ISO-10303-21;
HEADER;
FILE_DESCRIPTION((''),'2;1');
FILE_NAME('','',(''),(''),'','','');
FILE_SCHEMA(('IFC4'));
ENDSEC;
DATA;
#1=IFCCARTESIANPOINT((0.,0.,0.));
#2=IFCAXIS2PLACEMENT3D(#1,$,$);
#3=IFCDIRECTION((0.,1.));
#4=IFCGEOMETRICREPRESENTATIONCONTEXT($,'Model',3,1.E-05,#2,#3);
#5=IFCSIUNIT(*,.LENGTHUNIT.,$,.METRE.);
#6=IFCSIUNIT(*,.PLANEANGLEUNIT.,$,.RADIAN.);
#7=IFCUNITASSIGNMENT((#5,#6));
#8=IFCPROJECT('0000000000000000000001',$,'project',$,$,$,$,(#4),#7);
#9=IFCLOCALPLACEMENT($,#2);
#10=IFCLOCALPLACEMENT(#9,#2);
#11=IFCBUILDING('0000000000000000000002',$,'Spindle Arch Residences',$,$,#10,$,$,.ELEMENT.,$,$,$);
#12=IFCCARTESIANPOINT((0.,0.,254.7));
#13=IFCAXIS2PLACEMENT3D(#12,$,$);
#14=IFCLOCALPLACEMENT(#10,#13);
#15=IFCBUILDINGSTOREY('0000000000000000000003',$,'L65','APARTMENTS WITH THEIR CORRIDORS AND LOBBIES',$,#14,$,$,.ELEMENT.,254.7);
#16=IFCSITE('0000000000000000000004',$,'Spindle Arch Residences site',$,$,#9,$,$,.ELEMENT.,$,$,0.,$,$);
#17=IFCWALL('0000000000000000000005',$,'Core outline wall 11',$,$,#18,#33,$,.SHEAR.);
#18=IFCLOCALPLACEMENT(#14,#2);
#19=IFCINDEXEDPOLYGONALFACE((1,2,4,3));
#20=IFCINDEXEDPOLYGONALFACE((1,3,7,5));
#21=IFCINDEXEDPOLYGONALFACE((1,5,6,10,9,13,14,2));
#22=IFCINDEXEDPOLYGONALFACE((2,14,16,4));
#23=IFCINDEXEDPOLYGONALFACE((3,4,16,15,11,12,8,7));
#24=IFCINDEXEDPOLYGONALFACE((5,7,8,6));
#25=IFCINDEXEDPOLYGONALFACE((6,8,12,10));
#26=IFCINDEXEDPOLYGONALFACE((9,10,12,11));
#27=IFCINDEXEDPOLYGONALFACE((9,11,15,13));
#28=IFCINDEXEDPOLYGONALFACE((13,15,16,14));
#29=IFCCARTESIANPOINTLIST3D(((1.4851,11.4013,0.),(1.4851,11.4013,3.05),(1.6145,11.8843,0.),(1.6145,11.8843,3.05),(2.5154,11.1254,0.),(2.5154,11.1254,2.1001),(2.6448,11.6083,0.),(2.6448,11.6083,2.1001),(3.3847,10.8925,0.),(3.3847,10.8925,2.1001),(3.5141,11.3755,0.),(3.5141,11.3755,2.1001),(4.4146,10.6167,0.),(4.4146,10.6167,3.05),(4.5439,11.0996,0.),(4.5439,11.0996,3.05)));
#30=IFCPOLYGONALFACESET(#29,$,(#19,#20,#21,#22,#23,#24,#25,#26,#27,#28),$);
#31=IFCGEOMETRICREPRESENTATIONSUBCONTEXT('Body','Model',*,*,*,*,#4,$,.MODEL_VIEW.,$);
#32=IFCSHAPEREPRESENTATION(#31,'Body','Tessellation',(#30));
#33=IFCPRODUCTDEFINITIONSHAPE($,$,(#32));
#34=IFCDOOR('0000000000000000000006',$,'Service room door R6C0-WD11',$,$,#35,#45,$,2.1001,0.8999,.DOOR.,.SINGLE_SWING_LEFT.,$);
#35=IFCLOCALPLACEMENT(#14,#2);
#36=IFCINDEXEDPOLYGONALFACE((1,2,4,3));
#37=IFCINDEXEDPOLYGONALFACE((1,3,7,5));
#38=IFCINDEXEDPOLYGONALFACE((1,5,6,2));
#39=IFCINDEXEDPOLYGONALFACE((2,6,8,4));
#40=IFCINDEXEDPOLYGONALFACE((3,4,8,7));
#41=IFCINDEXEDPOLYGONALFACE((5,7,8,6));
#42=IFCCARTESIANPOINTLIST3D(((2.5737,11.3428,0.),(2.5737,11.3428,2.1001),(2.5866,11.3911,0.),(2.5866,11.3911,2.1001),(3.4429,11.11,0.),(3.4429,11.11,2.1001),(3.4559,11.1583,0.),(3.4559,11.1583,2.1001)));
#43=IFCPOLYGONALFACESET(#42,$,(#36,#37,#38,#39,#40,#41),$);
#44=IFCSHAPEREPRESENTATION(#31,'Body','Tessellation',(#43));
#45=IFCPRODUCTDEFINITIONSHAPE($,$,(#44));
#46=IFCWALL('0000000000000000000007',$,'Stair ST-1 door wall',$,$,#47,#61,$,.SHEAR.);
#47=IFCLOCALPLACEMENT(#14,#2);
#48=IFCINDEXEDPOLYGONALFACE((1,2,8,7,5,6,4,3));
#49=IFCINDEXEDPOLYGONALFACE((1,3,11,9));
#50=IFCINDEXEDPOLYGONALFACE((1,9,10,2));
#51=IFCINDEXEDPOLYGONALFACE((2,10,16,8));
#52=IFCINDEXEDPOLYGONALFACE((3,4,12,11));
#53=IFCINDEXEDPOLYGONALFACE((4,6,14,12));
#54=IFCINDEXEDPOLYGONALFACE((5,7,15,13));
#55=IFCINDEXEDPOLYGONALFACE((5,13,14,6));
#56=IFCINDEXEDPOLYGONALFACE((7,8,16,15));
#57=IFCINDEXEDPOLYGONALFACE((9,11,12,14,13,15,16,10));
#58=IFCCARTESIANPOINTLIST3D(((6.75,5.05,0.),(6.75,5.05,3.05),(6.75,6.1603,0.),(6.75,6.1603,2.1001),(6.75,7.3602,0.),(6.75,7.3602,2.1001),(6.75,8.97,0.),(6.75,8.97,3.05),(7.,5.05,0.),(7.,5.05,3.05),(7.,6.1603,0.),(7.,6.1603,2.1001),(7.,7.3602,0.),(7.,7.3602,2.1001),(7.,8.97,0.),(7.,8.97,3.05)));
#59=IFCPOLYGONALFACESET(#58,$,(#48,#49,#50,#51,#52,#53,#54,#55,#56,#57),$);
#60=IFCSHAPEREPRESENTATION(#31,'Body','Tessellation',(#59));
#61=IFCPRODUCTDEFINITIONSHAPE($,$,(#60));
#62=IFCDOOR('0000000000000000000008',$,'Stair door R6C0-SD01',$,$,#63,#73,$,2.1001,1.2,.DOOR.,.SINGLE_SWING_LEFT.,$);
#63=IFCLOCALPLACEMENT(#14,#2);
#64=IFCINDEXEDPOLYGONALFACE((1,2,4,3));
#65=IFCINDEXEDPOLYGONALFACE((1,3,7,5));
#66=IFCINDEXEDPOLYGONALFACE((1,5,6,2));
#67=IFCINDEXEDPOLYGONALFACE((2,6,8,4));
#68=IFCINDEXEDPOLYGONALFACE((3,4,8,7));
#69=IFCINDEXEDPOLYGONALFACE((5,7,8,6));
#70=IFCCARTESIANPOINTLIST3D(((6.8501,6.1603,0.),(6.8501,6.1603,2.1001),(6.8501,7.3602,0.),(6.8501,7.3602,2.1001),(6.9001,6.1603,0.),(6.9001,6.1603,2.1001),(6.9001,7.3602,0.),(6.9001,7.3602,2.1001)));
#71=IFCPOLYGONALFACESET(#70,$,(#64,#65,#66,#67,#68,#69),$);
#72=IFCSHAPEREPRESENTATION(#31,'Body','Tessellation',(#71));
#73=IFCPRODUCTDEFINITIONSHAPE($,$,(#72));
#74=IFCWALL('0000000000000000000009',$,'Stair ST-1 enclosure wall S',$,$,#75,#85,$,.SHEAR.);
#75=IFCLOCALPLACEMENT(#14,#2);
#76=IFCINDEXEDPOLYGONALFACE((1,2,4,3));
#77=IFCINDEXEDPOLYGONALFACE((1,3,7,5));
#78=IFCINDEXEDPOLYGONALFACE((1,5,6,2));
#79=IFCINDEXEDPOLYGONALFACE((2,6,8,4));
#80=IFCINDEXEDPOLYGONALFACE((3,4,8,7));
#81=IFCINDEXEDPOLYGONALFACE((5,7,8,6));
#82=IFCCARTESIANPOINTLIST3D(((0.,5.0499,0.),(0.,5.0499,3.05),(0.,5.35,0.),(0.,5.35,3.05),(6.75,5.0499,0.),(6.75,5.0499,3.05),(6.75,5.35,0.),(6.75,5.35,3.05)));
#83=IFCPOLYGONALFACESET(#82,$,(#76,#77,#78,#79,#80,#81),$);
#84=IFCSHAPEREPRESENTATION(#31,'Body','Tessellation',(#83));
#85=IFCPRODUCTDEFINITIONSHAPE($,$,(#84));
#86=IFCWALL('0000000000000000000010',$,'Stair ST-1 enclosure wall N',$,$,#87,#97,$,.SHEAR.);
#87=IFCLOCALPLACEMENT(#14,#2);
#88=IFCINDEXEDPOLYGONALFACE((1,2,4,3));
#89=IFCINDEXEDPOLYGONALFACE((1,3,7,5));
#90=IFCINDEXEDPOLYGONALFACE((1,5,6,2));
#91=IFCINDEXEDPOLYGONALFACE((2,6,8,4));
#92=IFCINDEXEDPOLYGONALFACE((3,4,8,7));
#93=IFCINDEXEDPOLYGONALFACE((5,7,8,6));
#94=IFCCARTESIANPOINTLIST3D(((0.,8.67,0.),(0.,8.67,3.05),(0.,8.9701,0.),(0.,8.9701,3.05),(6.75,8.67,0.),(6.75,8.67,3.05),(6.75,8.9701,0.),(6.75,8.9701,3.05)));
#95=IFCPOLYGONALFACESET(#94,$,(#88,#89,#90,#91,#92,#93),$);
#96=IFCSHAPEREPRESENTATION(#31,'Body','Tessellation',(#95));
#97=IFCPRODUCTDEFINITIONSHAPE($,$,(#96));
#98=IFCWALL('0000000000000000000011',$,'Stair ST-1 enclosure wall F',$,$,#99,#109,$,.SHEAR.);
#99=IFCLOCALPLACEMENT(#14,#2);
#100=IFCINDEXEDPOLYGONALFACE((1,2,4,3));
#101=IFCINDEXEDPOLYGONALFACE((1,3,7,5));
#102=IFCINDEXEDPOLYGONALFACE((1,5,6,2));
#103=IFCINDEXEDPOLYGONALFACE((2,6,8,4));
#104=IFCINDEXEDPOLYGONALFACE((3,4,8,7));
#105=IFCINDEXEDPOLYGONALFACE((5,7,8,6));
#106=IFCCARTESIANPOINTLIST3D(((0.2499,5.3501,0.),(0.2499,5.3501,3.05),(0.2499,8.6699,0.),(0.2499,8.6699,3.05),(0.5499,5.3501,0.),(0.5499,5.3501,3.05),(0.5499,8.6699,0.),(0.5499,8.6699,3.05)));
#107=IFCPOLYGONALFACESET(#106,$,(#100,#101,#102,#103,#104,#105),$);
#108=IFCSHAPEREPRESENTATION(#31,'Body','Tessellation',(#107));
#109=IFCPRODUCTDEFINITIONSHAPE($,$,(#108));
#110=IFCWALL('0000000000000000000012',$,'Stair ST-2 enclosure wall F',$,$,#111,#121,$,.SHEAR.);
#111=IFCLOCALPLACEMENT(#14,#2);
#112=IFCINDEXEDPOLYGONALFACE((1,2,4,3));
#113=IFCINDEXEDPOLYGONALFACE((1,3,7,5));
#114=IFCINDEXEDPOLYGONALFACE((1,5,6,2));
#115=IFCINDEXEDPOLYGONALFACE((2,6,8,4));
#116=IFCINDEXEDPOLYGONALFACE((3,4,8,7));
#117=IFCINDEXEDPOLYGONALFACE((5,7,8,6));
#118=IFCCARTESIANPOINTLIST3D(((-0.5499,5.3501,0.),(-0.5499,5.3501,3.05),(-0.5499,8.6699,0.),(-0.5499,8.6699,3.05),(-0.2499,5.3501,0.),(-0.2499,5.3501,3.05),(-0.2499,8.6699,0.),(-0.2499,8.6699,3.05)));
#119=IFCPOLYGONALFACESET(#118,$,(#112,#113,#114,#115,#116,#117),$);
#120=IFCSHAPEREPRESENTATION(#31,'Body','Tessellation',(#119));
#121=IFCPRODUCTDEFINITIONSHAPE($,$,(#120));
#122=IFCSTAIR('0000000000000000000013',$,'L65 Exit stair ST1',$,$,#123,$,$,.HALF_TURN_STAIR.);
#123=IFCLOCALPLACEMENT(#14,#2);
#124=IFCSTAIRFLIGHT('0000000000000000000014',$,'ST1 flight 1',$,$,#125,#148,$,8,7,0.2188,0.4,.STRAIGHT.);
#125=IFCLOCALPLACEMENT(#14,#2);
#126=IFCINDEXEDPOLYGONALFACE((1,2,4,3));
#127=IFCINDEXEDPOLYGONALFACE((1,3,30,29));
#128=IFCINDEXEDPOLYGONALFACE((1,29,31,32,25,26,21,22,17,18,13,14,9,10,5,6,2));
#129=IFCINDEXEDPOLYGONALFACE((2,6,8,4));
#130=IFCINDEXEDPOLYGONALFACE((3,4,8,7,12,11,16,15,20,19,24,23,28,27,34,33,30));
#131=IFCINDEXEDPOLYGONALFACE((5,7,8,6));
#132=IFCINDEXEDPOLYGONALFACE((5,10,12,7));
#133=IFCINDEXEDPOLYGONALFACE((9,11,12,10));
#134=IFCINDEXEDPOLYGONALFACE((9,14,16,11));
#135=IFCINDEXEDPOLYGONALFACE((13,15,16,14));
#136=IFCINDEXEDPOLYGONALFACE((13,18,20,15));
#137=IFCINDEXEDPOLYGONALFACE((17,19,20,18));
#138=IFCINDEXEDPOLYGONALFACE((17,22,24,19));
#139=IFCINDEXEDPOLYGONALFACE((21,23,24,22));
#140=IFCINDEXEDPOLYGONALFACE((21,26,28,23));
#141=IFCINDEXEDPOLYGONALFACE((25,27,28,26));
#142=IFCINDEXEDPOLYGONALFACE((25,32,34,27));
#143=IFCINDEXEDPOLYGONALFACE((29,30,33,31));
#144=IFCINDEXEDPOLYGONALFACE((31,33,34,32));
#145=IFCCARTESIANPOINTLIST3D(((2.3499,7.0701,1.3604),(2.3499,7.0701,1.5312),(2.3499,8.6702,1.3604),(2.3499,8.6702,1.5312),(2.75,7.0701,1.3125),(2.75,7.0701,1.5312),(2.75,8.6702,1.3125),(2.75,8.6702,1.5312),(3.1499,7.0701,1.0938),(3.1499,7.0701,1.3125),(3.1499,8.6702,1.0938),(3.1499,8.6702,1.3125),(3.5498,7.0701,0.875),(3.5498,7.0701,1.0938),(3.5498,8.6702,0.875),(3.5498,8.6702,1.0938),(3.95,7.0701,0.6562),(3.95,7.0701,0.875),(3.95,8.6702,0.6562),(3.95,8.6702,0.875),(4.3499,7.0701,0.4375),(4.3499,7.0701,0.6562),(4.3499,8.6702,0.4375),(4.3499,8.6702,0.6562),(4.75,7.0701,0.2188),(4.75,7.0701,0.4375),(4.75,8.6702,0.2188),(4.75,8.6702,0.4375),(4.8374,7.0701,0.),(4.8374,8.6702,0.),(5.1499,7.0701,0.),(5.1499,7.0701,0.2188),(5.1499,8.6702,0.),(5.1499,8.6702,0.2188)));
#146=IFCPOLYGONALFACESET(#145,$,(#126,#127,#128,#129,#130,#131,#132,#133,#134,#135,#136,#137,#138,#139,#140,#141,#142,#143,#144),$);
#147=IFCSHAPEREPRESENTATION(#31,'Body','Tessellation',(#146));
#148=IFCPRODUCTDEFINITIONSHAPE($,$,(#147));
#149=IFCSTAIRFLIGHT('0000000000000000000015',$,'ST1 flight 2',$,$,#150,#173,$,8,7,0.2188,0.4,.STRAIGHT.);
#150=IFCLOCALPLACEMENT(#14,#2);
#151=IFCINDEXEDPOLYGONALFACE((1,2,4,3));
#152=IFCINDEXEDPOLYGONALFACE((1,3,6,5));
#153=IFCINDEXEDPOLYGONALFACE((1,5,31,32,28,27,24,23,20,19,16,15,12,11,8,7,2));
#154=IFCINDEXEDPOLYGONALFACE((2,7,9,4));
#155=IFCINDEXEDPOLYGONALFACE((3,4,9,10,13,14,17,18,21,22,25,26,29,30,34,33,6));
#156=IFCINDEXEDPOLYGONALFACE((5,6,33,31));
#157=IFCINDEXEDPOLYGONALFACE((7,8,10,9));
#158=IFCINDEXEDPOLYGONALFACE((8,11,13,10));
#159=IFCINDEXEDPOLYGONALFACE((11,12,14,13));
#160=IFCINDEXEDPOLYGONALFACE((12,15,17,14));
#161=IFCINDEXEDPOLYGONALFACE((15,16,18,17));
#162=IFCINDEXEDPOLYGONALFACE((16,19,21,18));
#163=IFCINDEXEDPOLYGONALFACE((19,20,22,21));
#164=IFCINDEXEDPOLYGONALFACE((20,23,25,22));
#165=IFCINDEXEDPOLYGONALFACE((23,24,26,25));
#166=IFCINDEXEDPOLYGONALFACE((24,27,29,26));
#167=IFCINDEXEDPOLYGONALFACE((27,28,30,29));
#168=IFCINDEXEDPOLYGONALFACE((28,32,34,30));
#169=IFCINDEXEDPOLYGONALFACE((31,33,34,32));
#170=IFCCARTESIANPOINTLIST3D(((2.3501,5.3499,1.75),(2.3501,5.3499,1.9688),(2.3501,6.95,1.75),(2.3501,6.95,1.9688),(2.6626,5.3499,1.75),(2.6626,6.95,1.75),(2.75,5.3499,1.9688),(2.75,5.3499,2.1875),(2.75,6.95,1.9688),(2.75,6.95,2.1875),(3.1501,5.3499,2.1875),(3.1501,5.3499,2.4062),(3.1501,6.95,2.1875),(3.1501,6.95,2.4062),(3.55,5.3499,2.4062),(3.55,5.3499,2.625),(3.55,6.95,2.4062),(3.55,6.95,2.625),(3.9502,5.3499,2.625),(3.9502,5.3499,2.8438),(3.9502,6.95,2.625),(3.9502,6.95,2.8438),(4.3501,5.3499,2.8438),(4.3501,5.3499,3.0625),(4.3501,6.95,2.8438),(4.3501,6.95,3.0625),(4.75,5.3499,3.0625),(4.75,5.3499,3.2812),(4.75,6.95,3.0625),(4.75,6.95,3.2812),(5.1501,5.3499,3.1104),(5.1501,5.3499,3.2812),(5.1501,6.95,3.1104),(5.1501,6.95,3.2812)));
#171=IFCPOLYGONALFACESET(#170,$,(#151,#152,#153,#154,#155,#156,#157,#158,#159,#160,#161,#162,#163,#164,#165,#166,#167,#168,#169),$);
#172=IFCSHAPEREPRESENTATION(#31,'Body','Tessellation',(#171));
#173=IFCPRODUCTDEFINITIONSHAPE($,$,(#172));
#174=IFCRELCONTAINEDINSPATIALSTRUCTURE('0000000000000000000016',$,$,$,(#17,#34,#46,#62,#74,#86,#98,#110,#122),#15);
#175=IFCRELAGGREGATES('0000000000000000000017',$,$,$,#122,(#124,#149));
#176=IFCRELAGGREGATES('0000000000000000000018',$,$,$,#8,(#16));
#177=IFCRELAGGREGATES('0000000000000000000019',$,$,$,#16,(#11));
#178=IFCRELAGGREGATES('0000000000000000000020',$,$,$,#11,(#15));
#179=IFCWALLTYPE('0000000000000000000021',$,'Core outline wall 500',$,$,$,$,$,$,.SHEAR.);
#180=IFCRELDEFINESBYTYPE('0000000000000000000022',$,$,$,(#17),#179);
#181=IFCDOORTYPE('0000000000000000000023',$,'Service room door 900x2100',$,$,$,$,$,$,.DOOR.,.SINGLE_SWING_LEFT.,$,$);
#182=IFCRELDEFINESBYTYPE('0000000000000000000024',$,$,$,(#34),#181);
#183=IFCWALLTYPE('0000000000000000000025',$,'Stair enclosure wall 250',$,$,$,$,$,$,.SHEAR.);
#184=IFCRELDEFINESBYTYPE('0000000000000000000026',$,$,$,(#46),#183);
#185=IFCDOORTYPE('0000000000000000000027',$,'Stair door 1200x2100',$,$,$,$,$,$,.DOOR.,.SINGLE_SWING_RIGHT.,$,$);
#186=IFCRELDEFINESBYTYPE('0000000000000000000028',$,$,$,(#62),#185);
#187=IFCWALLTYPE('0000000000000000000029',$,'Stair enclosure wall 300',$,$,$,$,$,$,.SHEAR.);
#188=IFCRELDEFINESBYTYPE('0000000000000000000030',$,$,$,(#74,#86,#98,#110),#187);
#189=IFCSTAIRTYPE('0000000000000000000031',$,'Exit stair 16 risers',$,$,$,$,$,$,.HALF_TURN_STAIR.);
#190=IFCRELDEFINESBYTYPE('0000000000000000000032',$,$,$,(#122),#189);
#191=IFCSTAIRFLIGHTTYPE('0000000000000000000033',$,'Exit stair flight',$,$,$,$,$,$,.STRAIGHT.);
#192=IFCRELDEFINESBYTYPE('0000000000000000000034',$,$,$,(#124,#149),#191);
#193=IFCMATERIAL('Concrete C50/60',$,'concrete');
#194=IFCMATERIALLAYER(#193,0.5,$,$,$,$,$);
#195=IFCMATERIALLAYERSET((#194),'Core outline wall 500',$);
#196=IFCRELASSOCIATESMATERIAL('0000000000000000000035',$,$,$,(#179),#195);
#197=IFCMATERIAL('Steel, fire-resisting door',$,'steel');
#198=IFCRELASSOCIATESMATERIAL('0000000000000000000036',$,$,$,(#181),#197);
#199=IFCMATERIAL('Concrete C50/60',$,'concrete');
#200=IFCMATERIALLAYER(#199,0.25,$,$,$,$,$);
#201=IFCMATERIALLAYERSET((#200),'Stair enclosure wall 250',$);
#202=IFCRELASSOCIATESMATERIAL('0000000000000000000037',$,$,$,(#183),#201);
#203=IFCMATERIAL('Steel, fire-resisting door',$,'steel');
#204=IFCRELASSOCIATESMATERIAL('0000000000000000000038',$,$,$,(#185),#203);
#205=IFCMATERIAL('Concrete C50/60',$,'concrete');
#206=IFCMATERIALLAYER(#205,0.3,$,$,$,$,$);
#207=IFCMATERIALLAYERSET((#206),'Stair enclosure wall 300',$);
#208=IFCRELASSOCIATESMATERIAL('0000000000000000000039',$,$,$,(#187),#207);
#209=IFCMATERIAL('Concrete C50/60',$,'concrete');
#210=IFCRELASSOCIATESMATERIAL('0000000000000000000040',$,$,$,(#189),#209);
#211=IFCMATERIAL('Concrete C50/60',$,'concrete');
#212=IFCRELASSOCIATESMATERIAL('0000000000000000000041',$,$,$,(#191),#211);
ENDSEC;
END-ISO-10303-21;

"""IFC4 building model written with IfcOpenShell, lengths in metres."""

from ifc_helpers import new_model, si_unit, direction, frame, frame_2d, origin, place, context, subcontext, project, spatial, polyline, rectangle, outline, extrude, material, layer, layer_set, type_object, element, fill, aggregate, save


model = new_model("IFC4")

# Units and contexts
model_context = context("Model", 3, precision=1e-05, world=origin(), true_north=direction((0.0, 1.0)))
body_context = subcontext(model_context, "Body", "Model", "MODEL_VIEW")
ifc_project = project(units=[si_unit("LENGTHUNIT", "METRE"), si_unit("PLANEANGLEUNIT", "RADIAN")], contexts=[model_context])

# Site, building, storey
site_placement = place(None, origin())
site = spatial("IfcSite", under=ifc_project, at=site_placement, Name="Spindle Arch Residences site", CompositionType="ELEMENT", RefElevation=0.0)
building_placement = place(site_placement, origin())
building = spatial("IfcBuilding", under=site, at=building_placement, Name="Spindle Arch Residences", CompositionType="ELEMENT")
storey_placement = place(building_placement, frame((0.0, 0.0, 254.7)))
storey = spatial("IfcBuildingStorey", under=building, at=storey_placement, Name="L65", Description="APARTMENTS WITH THEIR CORRIDORS AND LOBBIES", CompositionType="ELEMENT", Elevation=254.7)

# Wall, opening, door
ifc_material_1 = material(Name="Concrete C50/60", Category="concrete")
ifc_layer_1 = layer(ifc_material_1, 0.5)
ifc_layer_set_1 = layer_set([ifc_layer_1], Name="Core outline wall 500")
wall_type_1 = type_object("IfcWallType", Name="Core outline wall 500", PredefinedType="SHEAR", material=ifc_layer_set_1)
wall_1_placement = place(storey_placement, frame((4.4792, 10.8582, 0.0), z_axis=(0.0, 0.0, 1.0), x_axis=(-0.965948, 0.258735, 0.0)))
wall_1 = element("IfcWall", 1, at=wall_1_placement, inside=storey, type_object=wall_type_1, Name="Core outline wall 11", PredefinedType="SHEAR", context=body_context, shape_type="SweptSolid", body=[
    extrude(rectangle(XDim=3.0327, YDim=0.5, at=frame_2d((1.5164, 0.0))), origin(), (0.0, 0.0, 1.0), 3.05),
])
opening_1_placement = place(wall_1_placement, frame((1.0662, 0.0, 0.0)))
opening_1 = element("IfcOpeningElement", 2, at=opening_1_placement, cuts=wall_1, PredefinedType="OPENING", context=body_context, shape_type="SweptSolid", body=[
    extrude(rectangle(XDim=0.8999, YDim=2.1001, at=frame_2d((0.45, 1.05))), frame((0.0, 0.26, 0.0), z_axis=(0.0, -1.0, 0.0), x_axis=(1.0, 0.0, 0.0)), (0.0, 0.0, 1.0), 0.52),
])
ifc_material_2 = material(Name="Steel, fire-resisting door", Category="steel")
door_type_1 = type_object("IfcDoorType", Name="Service room door 900x2100", OperationType="SINGLE_SWING_LEFT", PredefinedType="DOOR", material=ifc_material_2)
door_1_placement = place(opening_1_placement, origin())
door_1 = element("IfcDoor", 3, at=door_1_placement, inside=storey, type_object=door_type_1, Name="Service room door R6C0-WD11", OperationType="SINGLE_SWING_LEFT", OverallHeight=2.1001, OverallWidth=0.8999, PredefinedType="DOOR", context=body_context, shape_type="SweptSolid", body=[
    extrude(rectangle(XDim=0.8999, YDim=2.1001, at=frame_2d((0.45, 1.05))), frame((0.0, 0.0249, 0.0), z_axis=(0.0, -1.0, 0.0), x_axis=(1.0, 0.0, 0.0)), (0.0, 0.0, 1.0), 0.05),
])
fill(opening_1, door_1)

# Wall, opening, door
ifc_material_3 = material(Name="Concrete C50/60", Category="concrete")
ifc_layer_2 = layer(ifc_material_3, 0.25)
ifc_layer_set_2 = layer_set([ifc_layer_2], Name="Stair enclosure wall 250")
wall_type_2 = type_object("IfcWallType", Name="Stair enclosure wall 250", PredefinedType="SHEAR", material=ifc_layer_set_2)
wall_2_placement = place(storey_placement, frame((6.875, 5.05, 0.0), z_axis=(0.0, 0.0, 1.0), x_axis=(0.0, 1.0, 0.0)))
wall_2 = element("IfcWall", 4, at=wall_2_placement, inside=storey, type_object=wall_type_2, Name="Stair ST-1 door wall", PredefinedType="SHEAR", context=body_context, shape_type="SweptSolid", body=[
    extrude(rectangle(XDim=3.9199, YDim=0.25, at=frame_2d((1.96, 0.0))), origin(), (0.0, 0.0, 1.0), 3.05),
])
opening_2_placement = place(wall_2_placement, frame((1.1101, 0.0, 0.0)))
opening_2 = element("IfcOpeningElement", 5, at=opening_2_placement, cuts=wall_2, PredefinedType="OPENING", context=body_context, shape_type="SweptSolid", body=[
    extrude(rectangle(XDim=1.2, YDim=2.1001, at=frame_2d((0.6001, 1.05))), frame((0.0, 0.135, 0.0), z_axis=(0.0, -1.0, 0.0), x_axis=(1.0, 0.0, 0.0)), (0.0, 0.0, 1.0), 0.27),
])
ifc_material_4 = material(Name="Steel, fire-resisting door", Category="steel")
door_type_2 = type_object("IfcDoorType", Name="Stair door 1200x2100", OperationType="SINGLE_SWING_RIGHT", PredefinedType="DOOR", material=ifc_material_4)
door_2_placement = place(opening_2_placement, origin())
door_2 = element("IfcDoor", 6, at=door_2_placement, inside=storey, type_object=door_type_2, Name="Stair door R6C0-SD01", OperationType="SINGLE_SWING_LEFT", OverallHeight=2.1001, OverallWidth=1.2, PredefinedType="DOOR", context=body_context, shape_type="SweptSolid", body=[
    extrude(rectangle(XDim=1.2, YDim=2.1001, at=frame_2d((0.6001, 1.05))), frame((0.0, 0.0249, 0.0), z_axis=(0.0, -1.0, 0.0), x_axis=(1.0, 0.0, 0.0)), (0.0, 0.0, 1.0), 0.05),
])
fill(opening_2, door_2)

# Walls
ifc_material_5 = material(Name="Concrete C50/60", Category="concrete")
ifc_layer_3 = layer(ifc_material_5, 0.3)
ifc_layer_set_3 = layer_set([ifc_layer_3], Name="Stair enclosure wall 300")
wall_type_3 = type_object("IfcWallType", Name="Stair enclosure wall 300", PredefinedType="SHEAR", material=ifc_layer_set_3)
for number, where, z_axis, x_axis, name in (
    (7, (0.0, 5.2, 0.0), (0.0, 0.0, 1.0), (1.0, 0.0, 0.0), "Stair ST-1 enclosure wall S"),
    (8, (0.0, 8.8201, 0.0), (0.0, 0.0, 1.0), (1.0, 0.0, 0.0), "Stair ST-1 enclosure wall N"),
):
    element("IfcWall", number, at=place(storey_placement, frame(where, z_axis=z_axis, x_axis=x_axis)), inside=storey, type_object=wall_type_3, Name=name, PredefinedType="SHEAR", context=body_context, shape_type="SweptSolid", body=[
        extrude(rectangle(XDim=6.75, YDim=0.3, at=frame_2d((3.375, 0.0))), origin(), (0.0, 0.0, 1.0), 3.05),
    ])
for number, where, z_axis, x_axis, name in (
    (9, (0.3999, 5.3501, 0.0), (0.0, 0.0, 1.0), (0.0, 1.0, 0.0), "Stair ST-1 enclosure wall F"),
    (10, (-0.3999, 5.3501, 0.0), (0.0, 0.0, 1.0), (0.0, 1.0, 0.0), "Stair ST-2 enclosure wall F"),
):
    element("IfcWall", number, at=place(storey_placement, frame(where, z_axis=z_axis, x_axis=x_axis)), inside=storey, type_object=wall_type_3, Name=name, PredefinedType="SHEAR", context=body_context, shape_type="SweptSolid", body=[
        extrude(rectangle(XDim=3.3198, YDim=0.3, at=frame_2d((1.6599, 0.0))), origin(), (0.0, 0.0, 1.0), 3.05),
    ])

# Stair, stair flights
ifc_material_6 = material(Name="Concrete C50/60", Category="concrete")
stair_type = type_object("IfcStairType", Name="Exit stair 16 risers", PredefinedType="HALF_TURN_STAIR", material=ifc_material_6)
stair_placement = place(storey_placement, origin())
stair = element("IfcStair", 11, at=stair_placement, inside=storey, type_object=stair_type, Name="L65 Exit stair ST1", PredefinedType="HALF_TURN_STAIR")
ifc_material_7 = material(Name="Concrete C50/60", Category="concrete")
stair_flight_type = type_object("IfcStairFlightType", Name="Exit stair flight", PredefinedType="STRAIGHT", material=ifc_material_7)
stair_flight_1_placement = place(storey_placement, frame((5.1499, 7.8701, 0.0), z_axis=(0.0, 0.0, 1.0), x_axis=(-1.0, 0.0, 0.0)))
stair_flight_1 = element("IfcStairFlight", 12, at=stair_flight_1_placement, type_object=stair_flight_type, Name="ST1 flight 1", NumberOfRisers=8, NumberOfTreads=7, PredefinedType="STRAIGHT", RiserHeight=0.2188, TreadLength=0.4, context=body_context, shape_type="SweptSolid", body=[
    extrude(outline(polyline([(0.0, 0.0), (0.0, 0.2188), (0.3999, 0.2188), (0.3999, 0.4375), (0.8, 0.4375), (0.8, 0.6562), (1.2, 0.6562), (1.2, 0.875), (1.6001, 0.875), (1.6001, 1.0938), (2.0, 1.0938), (2.0, 1.3125), (2.3999, 1.3125), (2.3999, 1.5312), (2.8, 1.5312), (2.8, 1.75), (2.8, 1.3604), (0.3125, 0.0), (0.0, 0.0)])), frame((0.0, 0.8, 0.0), z_axis=(0.0, -1.0, 0.0), x_axis=(1.0, 0.0, 0.0)), (0.0, 0.0, 1.0), 1.6001),
])
stair_flight_2_placement = place(storey_placement, frame((2.3501, 6.1499, 1.75), z_axis=(0.0, 0.0, 1.0), x_axis=(1.0, 0.0, 0.0)))
stair_flight_2 = element("IfcStairFlight", 13, at=stair_flight_2_placement, type_object=stair_flight_type, Name="ST1 flight 2", NumberOfRisers=8, NumberOfTreads=7, PredefinedType="STRAIGHT", RiserHeight=0.2188, TreadLength=0.4, context=body_context, shape_type="SweptSolid", body=[
    extrude(outline(polyline([(0.0, 0.0), (0.0, 0.2188), (0.3999, 0.2188), (0.3999, 0.4375), (0.8, 0.4375), (0.8, 0.6562), (1.2, 0.6562), (1.2, 0.875), (1.6001, 0.875), (1.6001, 1.0938), (2.0, 1.0938), (2.0, 1.3125), (2.3999, 1.3125), (2.3999, 1.5312), (2.8, 1.5312), (2.8, 1.75), (2.8, 1.3604), (0.3125, 0.0), (0.0, 0.0)])), frame((0.0, 0.8, 0.0), z_axis=(0.0, -1.0, 0.0), x_axis=(1.0, 0.0, 0.0)), (0.0, 0.0, 1.0), 1.6001),
])
aggregate(stair, [stair_flight_1, stair_flight_2])

save(model, "model.ifc")
